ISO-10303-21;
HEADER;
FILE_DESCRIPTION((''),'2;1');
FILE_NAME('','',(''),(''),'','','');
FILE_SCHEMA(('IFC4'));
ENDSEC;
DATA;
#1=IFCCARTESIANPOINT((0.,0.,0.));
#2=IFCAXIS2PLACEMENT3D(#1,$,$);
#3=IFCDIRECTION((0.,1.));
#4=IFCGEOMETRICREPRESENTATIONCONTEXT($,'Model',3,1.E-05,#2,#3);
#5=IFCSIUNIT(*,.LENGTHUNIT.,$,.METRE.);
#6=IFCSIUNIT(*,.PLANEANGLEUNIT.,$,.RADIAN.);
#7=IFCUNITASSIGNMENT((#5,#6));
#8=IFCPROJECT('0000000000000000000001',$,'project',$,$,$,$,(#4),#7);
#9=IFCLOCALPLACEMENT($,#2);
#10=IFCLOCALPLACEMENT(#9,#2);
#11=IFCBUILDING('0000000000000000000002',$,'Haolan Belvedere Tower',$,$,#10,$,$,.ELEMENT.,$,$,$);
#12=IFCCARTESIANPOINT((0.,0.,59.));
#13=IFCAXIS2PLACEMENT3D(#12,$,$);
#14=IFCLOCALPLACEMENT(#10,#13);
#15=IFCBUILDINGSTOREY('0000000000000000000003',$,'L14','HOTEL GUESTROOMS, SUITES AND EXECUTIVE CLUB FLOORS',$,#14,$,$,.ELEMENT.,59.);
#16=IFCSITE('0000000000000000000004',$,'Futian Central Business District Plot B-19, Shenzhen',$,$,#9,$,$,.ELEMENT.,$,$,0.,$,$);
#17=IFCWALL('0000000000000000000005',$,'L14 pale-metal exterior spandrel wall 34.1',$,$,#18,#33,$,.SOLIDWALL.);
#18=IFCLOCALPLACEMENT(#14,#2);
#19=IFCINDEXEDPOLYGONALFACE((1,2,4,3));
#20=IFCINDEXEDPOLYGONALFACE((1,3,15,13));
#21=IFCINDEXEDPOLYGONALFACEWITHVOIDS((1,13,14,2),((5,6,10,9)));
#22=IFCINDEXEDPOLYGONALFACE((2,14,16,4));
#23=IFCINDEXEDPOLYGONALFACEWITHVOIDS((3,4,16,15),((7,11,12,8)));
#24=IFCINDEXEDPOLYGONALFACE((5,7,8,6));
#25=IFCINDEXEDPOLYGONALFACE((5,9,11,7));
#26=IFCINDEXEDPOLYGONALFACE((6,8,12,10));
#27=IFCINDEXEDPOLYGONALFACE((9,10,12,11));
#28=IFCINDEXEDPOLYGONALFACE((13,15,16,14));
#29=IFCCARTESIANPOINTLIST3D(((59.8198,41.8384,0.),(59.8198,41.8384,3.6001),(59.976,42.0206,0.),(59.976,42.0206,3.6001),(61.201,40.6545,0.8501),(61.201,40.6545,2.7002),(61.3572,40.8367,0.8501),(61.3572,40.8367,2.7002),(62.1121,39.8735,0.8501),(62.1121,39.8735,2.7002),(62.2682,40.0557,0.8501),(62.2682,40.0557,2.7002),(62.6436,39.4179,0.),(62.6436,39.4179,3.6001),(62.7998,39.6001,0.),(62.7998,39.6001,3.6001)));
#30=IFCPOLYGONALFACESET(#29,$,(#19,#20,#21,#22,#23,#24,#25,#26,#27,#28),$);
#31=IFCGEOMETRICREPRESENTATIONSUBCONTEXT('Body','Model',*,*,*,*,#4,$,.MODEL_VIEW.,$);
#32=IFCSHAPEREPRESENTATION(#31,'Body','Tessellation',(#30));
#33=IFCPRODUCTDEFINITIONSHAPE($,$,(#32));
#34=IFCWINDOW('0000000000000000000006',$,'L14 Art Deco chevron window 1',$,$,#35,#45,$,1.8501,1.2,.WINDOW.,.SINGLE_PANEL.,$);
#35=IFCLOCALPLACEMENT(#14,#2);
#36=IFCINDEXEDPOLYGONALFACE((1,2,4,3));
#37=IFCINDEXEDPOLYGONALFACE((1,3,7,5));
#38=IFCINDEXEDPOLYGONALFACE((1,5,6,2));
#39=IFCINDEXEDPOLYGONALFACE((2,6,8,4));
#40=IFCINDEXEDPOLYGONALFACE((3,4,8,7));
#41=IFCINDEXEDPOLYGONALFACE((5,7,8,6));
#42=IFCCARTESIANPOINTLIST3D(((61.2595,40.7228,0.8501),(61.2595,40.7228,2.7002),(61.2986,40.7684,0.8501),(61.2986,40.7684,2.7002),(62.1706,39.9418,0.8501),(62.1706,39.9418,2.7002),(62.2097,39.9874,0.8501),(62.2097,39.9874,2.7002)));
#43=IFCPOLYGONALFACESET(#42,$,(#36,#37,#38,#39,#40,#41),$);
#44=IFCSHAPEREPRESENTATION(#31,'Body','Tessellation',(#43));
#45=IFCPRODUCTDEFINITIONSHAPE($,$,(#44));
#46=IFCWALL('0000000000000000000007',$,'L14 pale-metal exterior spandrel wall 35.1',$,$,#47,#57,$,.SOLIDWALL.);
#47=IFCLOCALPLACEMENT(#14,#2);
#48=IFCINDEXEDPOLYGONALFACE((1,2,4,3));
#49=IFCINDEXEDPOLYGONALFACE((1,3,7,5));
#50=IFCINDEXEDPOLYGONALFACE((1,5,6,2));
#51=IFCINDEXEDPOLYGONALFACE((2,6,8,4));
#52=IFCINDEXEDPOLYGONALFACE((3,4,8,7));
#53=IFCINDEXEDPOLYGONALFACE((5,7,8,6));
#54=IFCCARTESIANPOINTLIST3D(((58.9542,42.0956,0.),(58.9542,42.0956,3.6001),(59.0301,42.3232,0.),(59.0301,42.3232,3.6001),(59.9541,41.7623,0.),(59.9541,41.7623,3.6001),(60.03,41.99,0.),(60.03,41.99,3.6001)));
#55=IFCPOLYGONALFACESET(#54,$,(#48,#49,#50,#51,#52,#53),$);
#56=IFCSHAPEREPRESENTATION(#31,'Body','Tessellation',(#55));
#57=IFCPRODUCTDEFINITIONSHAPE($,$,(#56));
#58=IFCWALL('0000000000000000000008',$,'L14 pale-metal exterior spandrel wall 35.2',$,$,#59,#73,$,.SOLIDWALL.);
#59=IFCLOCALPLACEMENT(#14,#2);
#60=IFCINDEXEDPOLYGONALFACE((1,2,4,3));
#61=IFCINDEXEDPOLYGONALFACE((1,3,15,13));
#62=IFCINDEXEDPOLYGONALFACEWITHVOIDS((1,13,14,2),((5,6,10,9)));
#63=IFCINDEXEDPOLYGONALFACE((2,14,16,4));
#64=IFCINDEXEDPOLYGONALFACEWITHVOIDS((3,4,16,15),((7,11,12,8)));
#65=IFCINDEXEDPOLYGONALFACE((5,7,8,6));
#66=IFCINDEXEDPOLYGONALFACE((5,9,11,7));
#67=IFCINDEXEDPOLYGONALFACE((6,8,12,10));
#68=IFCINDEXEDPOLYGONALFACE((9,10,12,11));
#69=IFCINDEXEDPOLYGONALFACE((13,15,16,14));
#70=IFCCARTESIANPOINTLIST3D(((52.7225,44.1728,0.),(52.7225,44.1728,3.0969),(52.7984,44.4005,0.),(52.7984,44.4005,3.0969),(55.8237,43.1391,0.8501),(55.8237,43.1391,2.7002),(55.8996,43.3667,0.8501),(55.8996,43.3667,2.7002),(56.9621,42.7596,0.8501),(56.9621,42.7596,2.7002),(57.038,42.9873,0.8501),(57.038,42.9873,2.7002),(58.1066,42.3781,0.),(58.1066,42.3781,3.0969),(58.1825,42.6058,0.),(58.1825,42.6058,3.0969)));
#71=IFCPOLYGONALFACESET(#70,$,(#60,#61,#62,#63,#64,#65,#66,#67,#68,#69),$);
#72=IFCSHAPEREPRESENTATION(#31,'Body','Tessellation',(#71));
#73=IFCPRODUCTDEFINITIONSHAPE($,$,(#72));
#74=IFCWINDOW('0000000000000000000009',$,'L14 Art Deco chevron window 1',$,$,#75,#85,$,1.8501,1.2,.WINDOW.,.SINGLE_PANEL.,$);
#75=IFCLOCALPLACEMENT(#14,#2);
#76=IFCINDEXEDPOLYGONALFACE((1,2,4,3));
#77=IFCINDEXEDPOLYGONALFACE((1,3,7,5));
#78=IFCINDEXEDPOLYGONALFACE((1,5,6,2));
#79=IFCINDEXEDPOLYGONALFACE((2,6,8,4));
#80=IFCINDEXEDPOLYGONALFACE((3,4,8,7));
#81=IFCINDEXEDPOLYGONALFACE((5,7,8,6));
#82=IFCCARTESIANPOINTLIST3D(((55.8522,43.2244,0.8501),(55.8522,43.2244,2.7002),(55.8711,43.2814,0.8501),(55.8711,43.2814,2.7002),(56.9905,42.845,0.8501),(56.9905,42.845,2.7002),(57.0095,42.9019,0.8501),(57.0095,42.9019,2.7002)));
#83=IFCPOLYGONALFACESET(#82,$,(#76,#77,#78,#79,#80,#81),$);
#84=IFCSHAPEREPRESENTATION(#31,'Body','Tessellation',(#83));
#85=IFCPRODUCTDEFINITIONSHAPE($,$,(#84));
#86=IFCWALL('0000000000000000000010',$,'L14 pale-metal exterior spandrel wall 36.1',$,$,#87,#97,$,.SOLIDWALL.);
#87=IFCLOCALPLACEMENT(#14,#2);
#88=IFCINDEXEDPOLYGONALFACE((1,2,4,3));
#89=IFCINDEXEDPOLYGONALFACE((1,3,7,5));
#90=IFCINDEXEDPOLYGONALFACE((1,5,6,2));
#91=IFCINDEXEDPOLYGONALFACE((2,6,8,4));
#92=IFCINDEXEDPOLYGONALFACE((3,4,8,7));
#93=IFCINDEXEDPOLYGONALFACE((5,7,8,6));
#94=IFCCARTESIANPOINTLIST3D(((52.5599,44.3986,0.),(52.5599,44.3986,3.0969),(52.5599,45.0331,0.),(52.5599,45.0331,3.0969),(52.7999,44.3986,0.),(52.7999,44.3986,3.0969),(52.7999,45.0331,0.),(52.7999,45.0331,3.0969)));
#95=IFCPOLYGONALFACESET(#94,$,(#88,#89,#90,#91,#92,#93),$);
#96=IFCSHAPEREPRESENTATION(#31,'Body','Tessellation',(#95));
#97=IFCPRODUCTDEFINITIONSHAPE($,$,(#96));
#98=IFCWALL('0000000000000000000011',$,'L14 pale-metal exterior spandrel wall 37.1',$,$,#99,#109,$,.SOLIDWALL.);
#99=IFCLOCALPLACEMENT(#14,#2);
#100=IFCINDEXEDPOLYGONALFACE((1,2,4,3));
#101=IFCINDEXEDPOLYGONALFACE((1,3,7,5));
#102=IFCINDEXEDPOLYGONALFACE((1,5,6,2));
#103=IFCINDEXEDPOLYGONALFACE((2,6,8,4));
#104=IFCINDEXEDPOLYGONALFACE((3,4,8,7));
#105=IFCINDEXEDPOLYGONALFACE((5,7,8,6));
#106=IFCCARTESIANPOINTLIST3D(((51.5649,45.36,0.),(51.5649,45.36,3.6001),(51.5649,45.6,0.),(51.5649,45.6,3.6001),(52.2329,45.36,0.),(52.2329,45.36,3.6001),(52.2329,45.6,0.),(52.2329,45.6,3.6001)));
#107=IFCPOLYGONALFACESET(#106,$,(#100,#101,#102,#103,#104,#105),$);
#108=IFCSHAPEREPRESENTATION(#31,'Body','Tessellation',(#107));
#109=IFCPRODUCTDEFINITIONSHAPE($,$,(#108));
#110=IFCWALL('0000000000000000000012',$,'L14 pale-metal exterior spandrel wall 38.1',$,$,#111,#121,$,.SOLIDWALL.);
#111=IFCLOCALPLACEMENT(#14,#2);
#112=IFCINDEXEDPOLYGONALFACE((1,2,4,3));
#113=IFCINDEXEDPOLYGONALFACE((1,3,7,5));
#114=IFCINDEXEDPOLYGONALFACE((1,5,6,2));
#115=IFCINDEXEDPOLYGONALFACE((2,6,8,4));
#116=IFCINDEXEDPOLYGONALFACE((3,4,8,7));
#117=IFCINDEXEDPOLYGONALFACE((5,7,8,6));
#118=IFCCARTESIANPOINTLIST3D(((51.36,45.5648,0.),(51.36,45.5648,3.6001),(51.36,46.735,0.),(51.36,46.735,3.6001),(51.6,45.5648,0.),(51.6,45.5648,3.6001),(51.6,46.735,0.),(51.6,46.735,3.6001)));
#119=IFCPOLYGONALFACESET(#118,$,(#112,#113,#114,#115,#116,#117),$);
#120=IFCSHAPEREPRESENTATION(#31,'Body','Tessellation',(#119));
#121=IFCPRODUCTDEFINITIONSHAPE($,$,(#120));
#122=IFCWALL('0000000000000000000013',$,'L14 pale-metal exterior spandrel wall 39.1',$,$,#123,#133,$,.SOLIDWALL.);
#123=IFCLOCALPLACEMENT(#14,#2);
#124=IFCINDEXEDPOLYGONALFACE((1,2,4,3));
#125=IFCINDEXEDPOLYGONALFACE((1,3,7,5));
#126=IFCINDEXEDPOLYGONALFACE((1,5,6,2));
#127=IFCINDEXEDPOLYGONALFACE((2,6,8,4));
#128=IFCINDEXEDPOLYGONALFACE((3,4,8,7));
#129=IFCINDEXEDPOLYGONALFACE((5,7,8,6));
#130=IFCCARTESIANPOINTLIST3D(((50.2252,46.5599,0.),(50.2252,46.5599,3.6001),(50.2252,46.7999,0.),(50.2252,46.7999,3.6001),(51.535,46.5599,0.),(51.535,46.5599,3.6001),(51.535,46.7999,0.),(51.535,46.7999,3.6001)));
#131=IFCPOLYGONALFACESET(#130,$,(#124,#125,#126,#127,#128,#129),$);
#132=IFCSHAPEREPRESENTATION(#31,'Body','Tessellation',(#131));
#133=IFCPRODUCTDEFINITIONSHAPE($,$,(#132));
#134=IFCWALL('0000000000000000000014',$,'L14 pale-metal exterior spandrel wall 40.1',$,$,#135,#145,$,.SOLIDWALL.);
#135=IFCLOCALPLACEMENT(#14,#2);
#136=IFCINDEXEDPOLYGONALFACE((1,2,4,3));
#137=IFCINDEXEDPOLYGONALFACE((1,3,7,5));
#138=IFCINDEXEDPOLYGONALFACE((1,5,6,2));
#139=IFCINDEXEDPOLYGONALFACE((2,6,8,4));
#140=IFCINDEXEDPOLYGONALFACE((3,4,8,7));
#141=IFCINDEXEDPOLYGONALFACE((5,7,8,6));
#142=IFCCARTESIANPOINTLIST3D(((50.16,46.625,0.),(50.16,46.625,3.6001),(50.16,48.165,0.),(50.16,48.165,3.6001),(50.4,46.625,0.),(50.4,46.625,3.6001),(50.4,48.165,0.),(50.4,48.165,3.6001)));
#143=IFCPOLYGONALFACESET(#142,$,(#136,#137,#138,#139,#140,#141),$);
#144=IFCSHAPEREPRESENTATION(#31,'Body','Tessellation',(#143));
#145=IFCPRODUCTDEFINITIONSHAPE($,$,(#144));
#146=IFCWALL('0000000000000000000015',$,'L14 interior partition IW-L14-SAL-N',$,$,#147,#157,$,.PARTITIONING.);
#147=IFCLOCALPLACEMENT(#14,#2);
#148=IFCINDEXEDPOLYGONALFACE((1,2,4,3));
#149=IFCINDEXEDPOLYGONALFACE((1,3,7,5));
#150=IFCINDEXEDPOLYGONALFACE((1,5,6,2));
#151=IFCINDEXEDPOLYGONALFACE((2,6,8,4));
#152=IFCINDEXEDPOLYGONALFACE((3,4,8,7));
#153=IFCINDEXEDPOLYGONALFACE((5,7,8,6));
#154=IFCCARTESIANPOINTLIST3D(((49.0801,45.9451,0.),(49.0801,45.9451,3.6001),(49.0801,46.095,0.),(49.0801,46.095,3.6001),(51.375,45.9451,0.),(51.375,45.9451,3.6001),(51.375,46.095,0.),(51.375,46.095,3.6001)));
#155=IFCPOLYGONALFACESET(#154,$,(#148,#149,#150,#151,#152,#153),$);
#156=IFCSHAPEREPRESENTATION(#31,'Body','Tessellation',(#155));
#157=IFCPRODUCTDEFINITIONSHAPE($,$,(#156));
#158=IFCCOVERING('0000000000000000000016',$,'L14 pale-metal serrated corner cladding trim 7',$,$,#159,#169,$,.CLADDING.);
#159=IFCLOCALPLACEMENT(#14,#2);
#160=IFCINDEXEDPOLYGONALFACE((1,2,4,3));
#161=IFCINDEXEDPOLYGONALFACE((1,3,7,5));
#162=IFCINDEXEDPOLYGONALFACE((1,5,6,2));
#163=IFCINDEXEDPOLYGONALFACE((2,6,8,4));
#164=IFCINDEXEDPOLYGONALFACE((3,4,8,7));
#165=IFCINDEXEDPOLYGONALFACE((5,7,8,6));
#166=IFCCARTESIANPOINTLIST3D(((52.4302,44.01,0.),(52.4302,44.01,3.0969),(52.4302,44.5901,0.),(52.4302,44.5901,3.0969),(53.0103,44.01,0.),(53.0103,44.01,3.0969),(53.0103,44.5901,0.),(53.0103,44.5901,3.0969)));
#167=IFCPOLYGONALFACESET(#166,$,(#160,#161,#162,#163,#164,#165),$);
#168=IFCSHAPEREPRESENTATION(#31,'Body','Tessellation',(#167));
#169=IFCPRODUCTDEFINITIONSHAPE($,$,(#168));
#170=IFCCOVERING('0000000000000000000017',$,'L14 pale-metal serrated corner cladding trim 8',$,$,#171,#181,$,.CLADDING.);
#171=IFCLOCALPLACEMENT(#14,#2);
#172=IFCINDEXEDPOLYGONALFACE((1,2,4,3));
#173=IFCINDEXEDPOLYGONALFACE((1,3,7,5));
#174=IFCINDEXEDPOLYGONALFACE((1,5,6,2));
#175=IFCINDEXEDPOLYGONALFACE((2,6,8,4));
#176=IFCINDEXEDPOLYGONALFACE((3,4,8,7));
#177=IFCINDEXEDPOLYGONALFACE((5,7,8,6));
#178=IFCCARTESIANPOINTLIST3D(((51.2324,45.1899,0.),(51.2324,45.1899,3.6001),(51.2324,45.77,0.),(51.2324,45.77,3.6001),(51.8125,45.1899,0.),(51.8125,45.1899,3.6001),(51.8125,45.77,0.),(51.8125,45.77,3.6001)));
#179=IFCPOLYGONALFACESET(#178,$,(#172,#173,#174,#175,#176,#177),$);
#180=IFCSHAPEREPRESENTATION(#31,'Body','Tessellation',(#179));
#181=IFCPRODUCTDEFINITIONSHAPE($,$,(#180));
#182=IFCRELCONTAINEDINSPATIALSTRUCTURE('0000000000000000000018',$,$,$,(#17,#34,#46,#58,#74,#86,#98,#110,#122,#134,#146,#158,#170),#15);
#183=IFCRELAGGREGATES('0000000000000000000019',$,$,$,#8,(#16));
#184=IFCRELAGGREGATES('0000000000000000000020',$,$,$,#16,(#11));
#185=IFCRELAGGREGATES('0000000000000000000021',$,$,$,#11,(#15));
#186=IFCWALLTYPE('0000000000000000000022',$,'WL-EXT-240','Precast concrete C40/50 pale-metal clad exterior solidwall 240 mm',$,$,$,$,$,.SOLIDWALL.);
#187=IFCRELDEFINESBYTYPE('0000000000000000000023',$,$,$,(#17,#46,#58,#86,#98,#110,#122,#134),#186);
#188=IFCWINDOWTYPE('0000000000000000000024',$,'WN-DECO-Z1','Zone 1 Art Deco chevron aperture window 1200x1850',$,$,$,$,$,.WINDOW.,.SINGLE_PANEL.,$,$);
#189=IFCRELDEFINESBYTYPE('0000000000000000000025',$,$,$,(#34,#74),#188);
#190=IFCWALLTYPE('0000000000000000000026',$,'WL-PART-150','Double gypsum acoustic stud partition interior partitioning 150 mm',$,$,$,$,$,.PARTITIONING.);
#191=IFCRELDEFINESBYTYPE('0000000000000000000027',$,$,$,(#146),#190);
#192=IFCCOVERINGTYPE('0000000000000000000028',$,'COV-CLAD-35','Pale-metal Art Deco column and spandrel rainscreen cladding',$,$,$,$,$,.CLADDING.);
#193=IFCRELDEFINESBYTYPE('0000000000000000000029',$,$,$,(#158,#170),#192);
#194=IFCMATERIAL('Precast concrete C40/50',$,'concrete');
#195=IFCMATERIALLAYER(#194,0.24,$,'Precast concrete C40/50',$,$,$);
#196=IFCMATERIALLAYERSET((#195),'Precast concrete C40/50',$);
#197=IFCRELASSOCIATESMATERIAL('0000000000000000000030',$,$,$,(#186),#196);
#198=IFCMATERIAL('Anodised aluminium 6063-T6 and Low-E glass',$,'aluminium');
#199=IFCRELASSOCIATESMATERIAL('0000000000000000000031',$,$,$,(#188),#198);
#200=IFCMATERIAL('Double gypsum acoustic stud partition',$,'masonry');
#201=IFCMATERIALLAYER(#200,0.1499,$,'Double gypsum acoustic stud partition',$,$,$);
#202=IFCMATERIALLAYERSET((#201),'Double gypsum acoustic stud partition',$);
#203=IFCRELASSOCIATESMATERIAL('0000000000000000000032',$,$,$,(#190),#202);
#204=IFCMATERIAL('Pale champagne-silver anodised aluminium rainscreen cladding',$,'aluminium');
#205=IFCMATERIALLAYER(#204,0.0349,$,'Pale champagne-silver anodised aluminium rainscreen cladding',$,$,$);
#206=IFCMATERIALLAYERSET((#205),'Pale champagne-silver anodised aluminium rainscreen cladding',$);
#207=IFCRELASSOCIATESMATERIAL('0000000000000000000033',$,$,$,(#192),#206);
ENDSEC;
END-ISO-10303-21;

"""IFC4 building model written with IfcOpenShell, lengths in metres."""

from ifc_helpers import new_model, si_unit, direction, frame, frame_2d, origin, origin_2d, place, context, subcontext, project, spatial, rectangle, extrude, material, layer, layer_set, type_object, element, fill, save


model = new_model("IFC4")

# Units and contexts
model_context = context("Model", 3, precision=1e-05, world=origin(), true_north=direction((0.0, 1.0)))
body_context = subcontext(model_context, "Body", "Model", "MODEL_VIEW")
ifc_project = project(units=[si_unit("LENGTHUNIT", "METRE"), si_unit("PLANEANGLEUNIT", "RADIAN")], contexts=[model_context])

# Site, building, storey
site_placement = place(None, origin())
site = spatial("IfcSite", under=ifc_project, at=site_placement, Name="Futian Central Business District Plot B-19, Shenzhen", CompositionType="ELEMENT", RefElevation=0.0)
building_placement = place(site_placement, origin())
building = spatial("IfcBuilding", under=site, at=building_placement, Name="Haolan Belvedere Tower", CompositionType="ELEMENT")
storey_placement = place(building_placement, frame((0.0, 0.0, 59.0)))
storey = spatial("IfcBuildingStorey", under=building, at=storey_placement, Name="L14", Description="HOTEL GUESTROOMS, SUITES AND EXECUTIVE CLUB FLOORS", CompositionType="ELEMENT", Elevation=59.0)

# Shared definitions
ifc_material_1 = material(Name="Precast concrete C40/50", Category="concrete")
ifc_layer_1 = layer(ifc_material_1, 0.24, Name="Precast concrete C40/50")
ifc_layer_set_1 = layer_set([ifc_layer_1], Name="Precast concrete C40/50")
wall_type_1 = type_object("IfcWallType", Name="WL-EXT-240", Description="Precast concrete C40/50 pale-metal clad exterior solidwall 240 mm", PredefinedType="SOLIDWALL", material=ifc_layer_set_1)

# Wall, opening, window
wall_1_placement = place(storey_placement, frame((62.7217, 39.509, 0.0), z_axis=(0.0, 0.0, 1.0), x_axis=(-0.759247, 0.650802, 0.0)))
wall_1 = element("IfcWall", 1, at=wall_1_placement, inside=storey, type_object=wall_type_1, Name="L14 pale-metal exterior spandrel wall 34.1", PredefinedType="SOLIDWALL", context=body_context, shape_type="SweptSolid", body=[
    extrude(rectangle(XDim=3.7192, YDim=0.24, at=frame_2d((1.8596, 0.0))), origin(), (0.0, 0.0, 1.0), 3.6001),
])
opening_1_placement = place(wall_1_placement, frame((0.7, 0.0, 0.8501)))
opening_1 = element("IfcOpeningElement", 2, at=opening_1_placement, cuts=wall_1, PredefinedType="OPENING", context=body_context, shape_type="SweptSolid", body=[
    extrude(rectangle(XDim=1.2, YDim=1.8501, at=frame_2d((0.6001, 0.925))), frame((0.0, 0.1299, 0.0), z_axis=(0.0, -1.0, 0.0), x_axis=(1.0, 0.0, 0.0)), (0.0, 0.0, 1.0), 0.26),
])
ifc_material_2 = material(Name="Anodised aluminium 6063-T6 and Low-E glass", Category="aluminium")
window_type = type_object("IfcWindowType", Name="WN-DECO-Z1", Description="Zone 1 Art Deco chevron aperture window 1200x1850", PartitioningType="SINGLE_PANEL", PredefinedType="WINDOW", material=ifc_material_2)
window_1_placement = place(opening_1_placement, origin())
window_1 = element("IfcWindow", 3, at=window_1_placement, inside=storey, type_object=window_type, Name="L14 Art Deco chevron window 1", OverallHeight=1.8501, OverallWidth=1.2, PartitioningType="SINGLE_PANEL", PredefinedType="WINDOW", context=body_context, shape_type="SweptSolid", body=[
    extrude(rectangle(XDim=1.2, YDim=1.8501, at=frame_2d((0.6001, 0.925))), frame((0.0, 0.03, 0.0), z_axis=(0.0, -1.0, 0.0), x_axis=(1.0, 0.0, 0.0)), (0.0, 0.0, 1.0), 0.0601),
])
fill(opening_1, window_1)

# Wall
wall_2_placement = place(storey_placement, frame((59.9919, 41.8762, 0.0), z_axis=(0.0, 0.0, 1.0), x_axis=(-0.948706, 0.316158, 0.0)))
element("IfcWall", 4, at=wall_2_placement, inside=storey, type_object=wall_type_1, Name="L14 pale-metal exterior spandrel wall 35.1", PredefinedType="SOLIDWALL", context=body_context, shape_type="SweptSolid", body=[
    extrude(rectangle(XDim=1.054, YDim=0.24, at=frame_2d((0.5269, 0.0))), origin(), (0.0, 0.0, 1.0), 3.6001),
])

# Wall, opening, window
wall_3_placement = place(storey_placement, frame((58.1445, 42.4919, 0.0), z_axis=(0.0, 0.0, 1.0), x_axis=(-0.948683, 0.316228, 0.0)))
wall_3 = element("IfcWall", 5, at=wall_3_placement, inside=storey, type_object=wall_type_1, Name="L14 pale-metal exterior spandrel wall 35.2", PredefinedType="SOLIDWALL", context=body_context, shape_type="SweptSolid", body=[
    extrude(rectangle(XDim=5.6753, YDim=0.24, at=frame_2d((2.8376, 0.0))), origin(), (0.0, 0.0, 1.0), 3.0969),
])
opening_2_placement = place(wall_3_placement, frame((1.2063, 0.0, 0.8501)))
opening_2 = element("IfcOpeningElement", 6, at=opening_2_placement, cuts=wall_3, PredefinedType="OPENING", context=body_context, shape_type="SweptSolid", body=[
    extrude(rectangle(XDim=1.2, YDim=1.8501, at=frame_2d((0.6001, 0.925))), frame((0.0, 0.1299, 0.0), z_axis=(0.0, -1.0, 0.0), x_axis=(1.0, 0.0, 0.0)), (0.0, 0.0, 1.0), 0.26),
])
window_2_placement = place(opening_2_placement, origin())
window_2 = element("IfcWindow", 7, at=window_2_placement, inside=storey, type_object=window_type, Name="L14 Art Deco chevron window 1", OverallHeight=1.8501, OverallWidth=1.2, PartitioningType="SINGLE_PANEL", PredefinedType="WINDOW", context=body_context, shape_type="SweptSolid", body=[
    extrude(rectangle(XDim=1.2, YDim=1.8501, at=frame_2d((0.6001, 0.925))), frame((0.0, 0.03, 0.0), z_axis=(0.0, -1.0, 0.0), x_axis=(1.0, 0.0, 0.0)), (0.0, 0.0, 1.0), 0.0601),
])
fill(opening_2, window_2)

# Walls
wall_4_placement = place(storey_placement, frame((52.6799, 44.3984, 0.0), z_axis=(0.0, 0.0, 1.0), x_axis=(0.0, 1.0, 0.0)))
element("IfcWall", 8, at=wall_4_placement, inside=storey, type_object=wall_type_1, Name="L14 pale-metal exterior spandrel wall 36.1", PredefinedType="SOLIDWALL", context=body_context, shape_type="SweptSolid", body=[
    extrude(rectangle(XDim=0.6345, YDim=0.24, at=frame_2d((0.3174, 0.0))), origin(), (0.0, 0.0, 1.0), 3.0969),
])
wall_5_placement = place(storey_placement, frame((52.2329, 45.48, 0.0), z_axis=(0.0, 0.0, 1.0), x_axis=(-1.0, 0.0, 0.0)))
element("IfcWall", 9, at=wall_5_placement, inside=storey, type_object=wall_type_1, Name="L14 pale-metal exterior spandrel wall 37.1", PredefinedType="SOLIDWALL", context=body_context, shape_type="SweptSolid", body=[
    extrude(rectangle(XDim=0.668, YDim=0.24, at=frame_2d((0.334, 0.0))), origin(), (0.0, 0.0, 1.0), 3.6001),
])
wall_6_placement = place(storey_placement, frame((51.48, 45.5649, 0.0), z_axis=(0.0, 0.0, 1.0), x_axis=(0.0, 1.0, 0.0)))
element("IfcWall", 10, at=wall_6_placement, inside=storey, type_object=wall_type_1, Name="L14 pale-metal exterior spandrel wall 38.1", PredefinedType="SOLIDWALL", context=body_context, shape_type="SweptSolid", body=[
    extrude(rectangle(XDim=1.1702, YDim=0.24, at=frame_2d((0.585, 0.0))), origin(), (0.0, 0.0, 1.0), 3.6001),
])
wall_7_placement = place(storey_placement, frame((51.5349, 46.6799, 0.0), z_axis=(0.0, 0.0, 1.0), x_axis=(-1.0, 0.0, 0.0)))
element("IfcWall", 11, at=wall_7_placement, inside=storey, type_object=wall_type_1, Name="L14 pale-metal exterior spandrel wall 39.1", PredefinedType="SOLIDWALL", context=body_context, shape_type="SweptSolid", body=[
    extrude(rectangle(XDim=1.3098, YDim=0.24, at=frame_2d((0.6548, 0.0))), origin(), (0.0, 0.0, 1.0), 3.6001),
])
wall_8_placement = place(storey_placement, frame((50.28, 46.625, 0.0), z_axis=(0.0, 0.0, 1.0), x_axis=(0.0, 1.0, 0.0)))
element("IfcWall", 12, at=wall_8_placement, inside=storey, type_object=wall_type_1, Name="L14 pale-metal exterior spandrel wall 40.1", PredefinedType="SOLIDWALL", context=body_context, shape_type="SweptSolid", body=[
    extrude(rectangle(XDim=1.54, YDim=0.24, at=frame_2d((0.77, 0.0))), origin(), (0.0, 0.0, 1.0), 3.6001),
])
ifc_material_3 = material(Name="Double gypsum acoustic stud partition", Category="masonry")
ifc_layer_2 = layer(ifc_material_3, 0.1499, Name="Double gypsum acoustic stud partition")
ifc_layer_set_2 = layer_set([ifc_layer_2], Name="Double gypsum acoustic stud partition")
wall_type_2 = type_object("IfcWallType", Name="WL-PART-150", Description="Double gypsum acoustic stud partition interior partitioning 150 mm", PredefinedType="PARTITIONING", material=ifc_layer_set_2)
wall_9_placement = place(storey_placement, frame((49.0801, 46.02, 0.0), z_axis=(0.0, 0.0, 1.0), x_axis=(1.0, 0.0, 0.0)))
element("IfcWall", 13, at=wall_9_placement, inside=storey, type_object=wall_type_2, Name="L14 interior partition IW-L14-SAL-N", PredefinedType="PARTITIONING", context=body_context, shape_type="SweptSolid", body=[
    extrude(rectangle(XDim=2.2949, YDim=0.1499, at=frame_2d((1.1475, 0.0))), origin(), (0.0, 0.0, 1.0), 3.6001),
])

# Coverings
ifc_material_4 = material(Name="Pale champagne-silver anodised aluminium rainscreen cladding", Category="aluminium")
ifc_layer_3 = layer(ifc_material_4, 0.0349, Name="Pale champagne-silver anodised aluminium rainscreen cladding")
ifc_layer_set_3 = layer_set([ifc_layer_3], Name="Pale champagne-silver anodised aluminium rainscreen cladding")
covering_type = type_object("IfcCoveringType", Name="COV-CLAD-35", Description="Pale-metal Art Deco column and spandrel rainscreen cladding", PredefinedType="CLADDING", material=ifc_layer_set_3)
covering_1_placement = place(storey_placement, frame((52.7202, 44.3, 0.0), z_axis=(0.0, 0.0, 1.0), x_axis=(1.0, 0.0, 0.0)))
element("IfcCovering", 14, at=covering_1_placement, inside=storey, type_object=covering_type, Name="L14 pale-metal serrated corner cladding trim 7", PredefinedType="CLADDING", context=body_context, shape_type="SweptSolid", body=[
    extrude(rectangle(XDim=0.5801, YDim=0.5801, at=origin_2d()), origin(), (0.0, 0.0, 1.0), 3.0969),
])
covering_2_placement = place(storey_placement, frame((51.5225, 45.48, 0.0), z_axis=(0.0, 0.0, 1.0), x_axis=(1.0, 0.0, 0.0)))
element("IfcCovering", 15, at=covering_2_placement, inside=storey, type_object=covering_type, Name="L14 pale-metal serrated corner cladding trim 8", PredefinedType="CLADDING", context=body_context, shape_type="SweptSolid", body=[
    extrude(rectangle(XDim=0.5801, YDim=0.5801, at=origin_2d()), origin(), (0.0, 0.0, 1.0), 3.6001),
])

save(model, "model.ifc")
